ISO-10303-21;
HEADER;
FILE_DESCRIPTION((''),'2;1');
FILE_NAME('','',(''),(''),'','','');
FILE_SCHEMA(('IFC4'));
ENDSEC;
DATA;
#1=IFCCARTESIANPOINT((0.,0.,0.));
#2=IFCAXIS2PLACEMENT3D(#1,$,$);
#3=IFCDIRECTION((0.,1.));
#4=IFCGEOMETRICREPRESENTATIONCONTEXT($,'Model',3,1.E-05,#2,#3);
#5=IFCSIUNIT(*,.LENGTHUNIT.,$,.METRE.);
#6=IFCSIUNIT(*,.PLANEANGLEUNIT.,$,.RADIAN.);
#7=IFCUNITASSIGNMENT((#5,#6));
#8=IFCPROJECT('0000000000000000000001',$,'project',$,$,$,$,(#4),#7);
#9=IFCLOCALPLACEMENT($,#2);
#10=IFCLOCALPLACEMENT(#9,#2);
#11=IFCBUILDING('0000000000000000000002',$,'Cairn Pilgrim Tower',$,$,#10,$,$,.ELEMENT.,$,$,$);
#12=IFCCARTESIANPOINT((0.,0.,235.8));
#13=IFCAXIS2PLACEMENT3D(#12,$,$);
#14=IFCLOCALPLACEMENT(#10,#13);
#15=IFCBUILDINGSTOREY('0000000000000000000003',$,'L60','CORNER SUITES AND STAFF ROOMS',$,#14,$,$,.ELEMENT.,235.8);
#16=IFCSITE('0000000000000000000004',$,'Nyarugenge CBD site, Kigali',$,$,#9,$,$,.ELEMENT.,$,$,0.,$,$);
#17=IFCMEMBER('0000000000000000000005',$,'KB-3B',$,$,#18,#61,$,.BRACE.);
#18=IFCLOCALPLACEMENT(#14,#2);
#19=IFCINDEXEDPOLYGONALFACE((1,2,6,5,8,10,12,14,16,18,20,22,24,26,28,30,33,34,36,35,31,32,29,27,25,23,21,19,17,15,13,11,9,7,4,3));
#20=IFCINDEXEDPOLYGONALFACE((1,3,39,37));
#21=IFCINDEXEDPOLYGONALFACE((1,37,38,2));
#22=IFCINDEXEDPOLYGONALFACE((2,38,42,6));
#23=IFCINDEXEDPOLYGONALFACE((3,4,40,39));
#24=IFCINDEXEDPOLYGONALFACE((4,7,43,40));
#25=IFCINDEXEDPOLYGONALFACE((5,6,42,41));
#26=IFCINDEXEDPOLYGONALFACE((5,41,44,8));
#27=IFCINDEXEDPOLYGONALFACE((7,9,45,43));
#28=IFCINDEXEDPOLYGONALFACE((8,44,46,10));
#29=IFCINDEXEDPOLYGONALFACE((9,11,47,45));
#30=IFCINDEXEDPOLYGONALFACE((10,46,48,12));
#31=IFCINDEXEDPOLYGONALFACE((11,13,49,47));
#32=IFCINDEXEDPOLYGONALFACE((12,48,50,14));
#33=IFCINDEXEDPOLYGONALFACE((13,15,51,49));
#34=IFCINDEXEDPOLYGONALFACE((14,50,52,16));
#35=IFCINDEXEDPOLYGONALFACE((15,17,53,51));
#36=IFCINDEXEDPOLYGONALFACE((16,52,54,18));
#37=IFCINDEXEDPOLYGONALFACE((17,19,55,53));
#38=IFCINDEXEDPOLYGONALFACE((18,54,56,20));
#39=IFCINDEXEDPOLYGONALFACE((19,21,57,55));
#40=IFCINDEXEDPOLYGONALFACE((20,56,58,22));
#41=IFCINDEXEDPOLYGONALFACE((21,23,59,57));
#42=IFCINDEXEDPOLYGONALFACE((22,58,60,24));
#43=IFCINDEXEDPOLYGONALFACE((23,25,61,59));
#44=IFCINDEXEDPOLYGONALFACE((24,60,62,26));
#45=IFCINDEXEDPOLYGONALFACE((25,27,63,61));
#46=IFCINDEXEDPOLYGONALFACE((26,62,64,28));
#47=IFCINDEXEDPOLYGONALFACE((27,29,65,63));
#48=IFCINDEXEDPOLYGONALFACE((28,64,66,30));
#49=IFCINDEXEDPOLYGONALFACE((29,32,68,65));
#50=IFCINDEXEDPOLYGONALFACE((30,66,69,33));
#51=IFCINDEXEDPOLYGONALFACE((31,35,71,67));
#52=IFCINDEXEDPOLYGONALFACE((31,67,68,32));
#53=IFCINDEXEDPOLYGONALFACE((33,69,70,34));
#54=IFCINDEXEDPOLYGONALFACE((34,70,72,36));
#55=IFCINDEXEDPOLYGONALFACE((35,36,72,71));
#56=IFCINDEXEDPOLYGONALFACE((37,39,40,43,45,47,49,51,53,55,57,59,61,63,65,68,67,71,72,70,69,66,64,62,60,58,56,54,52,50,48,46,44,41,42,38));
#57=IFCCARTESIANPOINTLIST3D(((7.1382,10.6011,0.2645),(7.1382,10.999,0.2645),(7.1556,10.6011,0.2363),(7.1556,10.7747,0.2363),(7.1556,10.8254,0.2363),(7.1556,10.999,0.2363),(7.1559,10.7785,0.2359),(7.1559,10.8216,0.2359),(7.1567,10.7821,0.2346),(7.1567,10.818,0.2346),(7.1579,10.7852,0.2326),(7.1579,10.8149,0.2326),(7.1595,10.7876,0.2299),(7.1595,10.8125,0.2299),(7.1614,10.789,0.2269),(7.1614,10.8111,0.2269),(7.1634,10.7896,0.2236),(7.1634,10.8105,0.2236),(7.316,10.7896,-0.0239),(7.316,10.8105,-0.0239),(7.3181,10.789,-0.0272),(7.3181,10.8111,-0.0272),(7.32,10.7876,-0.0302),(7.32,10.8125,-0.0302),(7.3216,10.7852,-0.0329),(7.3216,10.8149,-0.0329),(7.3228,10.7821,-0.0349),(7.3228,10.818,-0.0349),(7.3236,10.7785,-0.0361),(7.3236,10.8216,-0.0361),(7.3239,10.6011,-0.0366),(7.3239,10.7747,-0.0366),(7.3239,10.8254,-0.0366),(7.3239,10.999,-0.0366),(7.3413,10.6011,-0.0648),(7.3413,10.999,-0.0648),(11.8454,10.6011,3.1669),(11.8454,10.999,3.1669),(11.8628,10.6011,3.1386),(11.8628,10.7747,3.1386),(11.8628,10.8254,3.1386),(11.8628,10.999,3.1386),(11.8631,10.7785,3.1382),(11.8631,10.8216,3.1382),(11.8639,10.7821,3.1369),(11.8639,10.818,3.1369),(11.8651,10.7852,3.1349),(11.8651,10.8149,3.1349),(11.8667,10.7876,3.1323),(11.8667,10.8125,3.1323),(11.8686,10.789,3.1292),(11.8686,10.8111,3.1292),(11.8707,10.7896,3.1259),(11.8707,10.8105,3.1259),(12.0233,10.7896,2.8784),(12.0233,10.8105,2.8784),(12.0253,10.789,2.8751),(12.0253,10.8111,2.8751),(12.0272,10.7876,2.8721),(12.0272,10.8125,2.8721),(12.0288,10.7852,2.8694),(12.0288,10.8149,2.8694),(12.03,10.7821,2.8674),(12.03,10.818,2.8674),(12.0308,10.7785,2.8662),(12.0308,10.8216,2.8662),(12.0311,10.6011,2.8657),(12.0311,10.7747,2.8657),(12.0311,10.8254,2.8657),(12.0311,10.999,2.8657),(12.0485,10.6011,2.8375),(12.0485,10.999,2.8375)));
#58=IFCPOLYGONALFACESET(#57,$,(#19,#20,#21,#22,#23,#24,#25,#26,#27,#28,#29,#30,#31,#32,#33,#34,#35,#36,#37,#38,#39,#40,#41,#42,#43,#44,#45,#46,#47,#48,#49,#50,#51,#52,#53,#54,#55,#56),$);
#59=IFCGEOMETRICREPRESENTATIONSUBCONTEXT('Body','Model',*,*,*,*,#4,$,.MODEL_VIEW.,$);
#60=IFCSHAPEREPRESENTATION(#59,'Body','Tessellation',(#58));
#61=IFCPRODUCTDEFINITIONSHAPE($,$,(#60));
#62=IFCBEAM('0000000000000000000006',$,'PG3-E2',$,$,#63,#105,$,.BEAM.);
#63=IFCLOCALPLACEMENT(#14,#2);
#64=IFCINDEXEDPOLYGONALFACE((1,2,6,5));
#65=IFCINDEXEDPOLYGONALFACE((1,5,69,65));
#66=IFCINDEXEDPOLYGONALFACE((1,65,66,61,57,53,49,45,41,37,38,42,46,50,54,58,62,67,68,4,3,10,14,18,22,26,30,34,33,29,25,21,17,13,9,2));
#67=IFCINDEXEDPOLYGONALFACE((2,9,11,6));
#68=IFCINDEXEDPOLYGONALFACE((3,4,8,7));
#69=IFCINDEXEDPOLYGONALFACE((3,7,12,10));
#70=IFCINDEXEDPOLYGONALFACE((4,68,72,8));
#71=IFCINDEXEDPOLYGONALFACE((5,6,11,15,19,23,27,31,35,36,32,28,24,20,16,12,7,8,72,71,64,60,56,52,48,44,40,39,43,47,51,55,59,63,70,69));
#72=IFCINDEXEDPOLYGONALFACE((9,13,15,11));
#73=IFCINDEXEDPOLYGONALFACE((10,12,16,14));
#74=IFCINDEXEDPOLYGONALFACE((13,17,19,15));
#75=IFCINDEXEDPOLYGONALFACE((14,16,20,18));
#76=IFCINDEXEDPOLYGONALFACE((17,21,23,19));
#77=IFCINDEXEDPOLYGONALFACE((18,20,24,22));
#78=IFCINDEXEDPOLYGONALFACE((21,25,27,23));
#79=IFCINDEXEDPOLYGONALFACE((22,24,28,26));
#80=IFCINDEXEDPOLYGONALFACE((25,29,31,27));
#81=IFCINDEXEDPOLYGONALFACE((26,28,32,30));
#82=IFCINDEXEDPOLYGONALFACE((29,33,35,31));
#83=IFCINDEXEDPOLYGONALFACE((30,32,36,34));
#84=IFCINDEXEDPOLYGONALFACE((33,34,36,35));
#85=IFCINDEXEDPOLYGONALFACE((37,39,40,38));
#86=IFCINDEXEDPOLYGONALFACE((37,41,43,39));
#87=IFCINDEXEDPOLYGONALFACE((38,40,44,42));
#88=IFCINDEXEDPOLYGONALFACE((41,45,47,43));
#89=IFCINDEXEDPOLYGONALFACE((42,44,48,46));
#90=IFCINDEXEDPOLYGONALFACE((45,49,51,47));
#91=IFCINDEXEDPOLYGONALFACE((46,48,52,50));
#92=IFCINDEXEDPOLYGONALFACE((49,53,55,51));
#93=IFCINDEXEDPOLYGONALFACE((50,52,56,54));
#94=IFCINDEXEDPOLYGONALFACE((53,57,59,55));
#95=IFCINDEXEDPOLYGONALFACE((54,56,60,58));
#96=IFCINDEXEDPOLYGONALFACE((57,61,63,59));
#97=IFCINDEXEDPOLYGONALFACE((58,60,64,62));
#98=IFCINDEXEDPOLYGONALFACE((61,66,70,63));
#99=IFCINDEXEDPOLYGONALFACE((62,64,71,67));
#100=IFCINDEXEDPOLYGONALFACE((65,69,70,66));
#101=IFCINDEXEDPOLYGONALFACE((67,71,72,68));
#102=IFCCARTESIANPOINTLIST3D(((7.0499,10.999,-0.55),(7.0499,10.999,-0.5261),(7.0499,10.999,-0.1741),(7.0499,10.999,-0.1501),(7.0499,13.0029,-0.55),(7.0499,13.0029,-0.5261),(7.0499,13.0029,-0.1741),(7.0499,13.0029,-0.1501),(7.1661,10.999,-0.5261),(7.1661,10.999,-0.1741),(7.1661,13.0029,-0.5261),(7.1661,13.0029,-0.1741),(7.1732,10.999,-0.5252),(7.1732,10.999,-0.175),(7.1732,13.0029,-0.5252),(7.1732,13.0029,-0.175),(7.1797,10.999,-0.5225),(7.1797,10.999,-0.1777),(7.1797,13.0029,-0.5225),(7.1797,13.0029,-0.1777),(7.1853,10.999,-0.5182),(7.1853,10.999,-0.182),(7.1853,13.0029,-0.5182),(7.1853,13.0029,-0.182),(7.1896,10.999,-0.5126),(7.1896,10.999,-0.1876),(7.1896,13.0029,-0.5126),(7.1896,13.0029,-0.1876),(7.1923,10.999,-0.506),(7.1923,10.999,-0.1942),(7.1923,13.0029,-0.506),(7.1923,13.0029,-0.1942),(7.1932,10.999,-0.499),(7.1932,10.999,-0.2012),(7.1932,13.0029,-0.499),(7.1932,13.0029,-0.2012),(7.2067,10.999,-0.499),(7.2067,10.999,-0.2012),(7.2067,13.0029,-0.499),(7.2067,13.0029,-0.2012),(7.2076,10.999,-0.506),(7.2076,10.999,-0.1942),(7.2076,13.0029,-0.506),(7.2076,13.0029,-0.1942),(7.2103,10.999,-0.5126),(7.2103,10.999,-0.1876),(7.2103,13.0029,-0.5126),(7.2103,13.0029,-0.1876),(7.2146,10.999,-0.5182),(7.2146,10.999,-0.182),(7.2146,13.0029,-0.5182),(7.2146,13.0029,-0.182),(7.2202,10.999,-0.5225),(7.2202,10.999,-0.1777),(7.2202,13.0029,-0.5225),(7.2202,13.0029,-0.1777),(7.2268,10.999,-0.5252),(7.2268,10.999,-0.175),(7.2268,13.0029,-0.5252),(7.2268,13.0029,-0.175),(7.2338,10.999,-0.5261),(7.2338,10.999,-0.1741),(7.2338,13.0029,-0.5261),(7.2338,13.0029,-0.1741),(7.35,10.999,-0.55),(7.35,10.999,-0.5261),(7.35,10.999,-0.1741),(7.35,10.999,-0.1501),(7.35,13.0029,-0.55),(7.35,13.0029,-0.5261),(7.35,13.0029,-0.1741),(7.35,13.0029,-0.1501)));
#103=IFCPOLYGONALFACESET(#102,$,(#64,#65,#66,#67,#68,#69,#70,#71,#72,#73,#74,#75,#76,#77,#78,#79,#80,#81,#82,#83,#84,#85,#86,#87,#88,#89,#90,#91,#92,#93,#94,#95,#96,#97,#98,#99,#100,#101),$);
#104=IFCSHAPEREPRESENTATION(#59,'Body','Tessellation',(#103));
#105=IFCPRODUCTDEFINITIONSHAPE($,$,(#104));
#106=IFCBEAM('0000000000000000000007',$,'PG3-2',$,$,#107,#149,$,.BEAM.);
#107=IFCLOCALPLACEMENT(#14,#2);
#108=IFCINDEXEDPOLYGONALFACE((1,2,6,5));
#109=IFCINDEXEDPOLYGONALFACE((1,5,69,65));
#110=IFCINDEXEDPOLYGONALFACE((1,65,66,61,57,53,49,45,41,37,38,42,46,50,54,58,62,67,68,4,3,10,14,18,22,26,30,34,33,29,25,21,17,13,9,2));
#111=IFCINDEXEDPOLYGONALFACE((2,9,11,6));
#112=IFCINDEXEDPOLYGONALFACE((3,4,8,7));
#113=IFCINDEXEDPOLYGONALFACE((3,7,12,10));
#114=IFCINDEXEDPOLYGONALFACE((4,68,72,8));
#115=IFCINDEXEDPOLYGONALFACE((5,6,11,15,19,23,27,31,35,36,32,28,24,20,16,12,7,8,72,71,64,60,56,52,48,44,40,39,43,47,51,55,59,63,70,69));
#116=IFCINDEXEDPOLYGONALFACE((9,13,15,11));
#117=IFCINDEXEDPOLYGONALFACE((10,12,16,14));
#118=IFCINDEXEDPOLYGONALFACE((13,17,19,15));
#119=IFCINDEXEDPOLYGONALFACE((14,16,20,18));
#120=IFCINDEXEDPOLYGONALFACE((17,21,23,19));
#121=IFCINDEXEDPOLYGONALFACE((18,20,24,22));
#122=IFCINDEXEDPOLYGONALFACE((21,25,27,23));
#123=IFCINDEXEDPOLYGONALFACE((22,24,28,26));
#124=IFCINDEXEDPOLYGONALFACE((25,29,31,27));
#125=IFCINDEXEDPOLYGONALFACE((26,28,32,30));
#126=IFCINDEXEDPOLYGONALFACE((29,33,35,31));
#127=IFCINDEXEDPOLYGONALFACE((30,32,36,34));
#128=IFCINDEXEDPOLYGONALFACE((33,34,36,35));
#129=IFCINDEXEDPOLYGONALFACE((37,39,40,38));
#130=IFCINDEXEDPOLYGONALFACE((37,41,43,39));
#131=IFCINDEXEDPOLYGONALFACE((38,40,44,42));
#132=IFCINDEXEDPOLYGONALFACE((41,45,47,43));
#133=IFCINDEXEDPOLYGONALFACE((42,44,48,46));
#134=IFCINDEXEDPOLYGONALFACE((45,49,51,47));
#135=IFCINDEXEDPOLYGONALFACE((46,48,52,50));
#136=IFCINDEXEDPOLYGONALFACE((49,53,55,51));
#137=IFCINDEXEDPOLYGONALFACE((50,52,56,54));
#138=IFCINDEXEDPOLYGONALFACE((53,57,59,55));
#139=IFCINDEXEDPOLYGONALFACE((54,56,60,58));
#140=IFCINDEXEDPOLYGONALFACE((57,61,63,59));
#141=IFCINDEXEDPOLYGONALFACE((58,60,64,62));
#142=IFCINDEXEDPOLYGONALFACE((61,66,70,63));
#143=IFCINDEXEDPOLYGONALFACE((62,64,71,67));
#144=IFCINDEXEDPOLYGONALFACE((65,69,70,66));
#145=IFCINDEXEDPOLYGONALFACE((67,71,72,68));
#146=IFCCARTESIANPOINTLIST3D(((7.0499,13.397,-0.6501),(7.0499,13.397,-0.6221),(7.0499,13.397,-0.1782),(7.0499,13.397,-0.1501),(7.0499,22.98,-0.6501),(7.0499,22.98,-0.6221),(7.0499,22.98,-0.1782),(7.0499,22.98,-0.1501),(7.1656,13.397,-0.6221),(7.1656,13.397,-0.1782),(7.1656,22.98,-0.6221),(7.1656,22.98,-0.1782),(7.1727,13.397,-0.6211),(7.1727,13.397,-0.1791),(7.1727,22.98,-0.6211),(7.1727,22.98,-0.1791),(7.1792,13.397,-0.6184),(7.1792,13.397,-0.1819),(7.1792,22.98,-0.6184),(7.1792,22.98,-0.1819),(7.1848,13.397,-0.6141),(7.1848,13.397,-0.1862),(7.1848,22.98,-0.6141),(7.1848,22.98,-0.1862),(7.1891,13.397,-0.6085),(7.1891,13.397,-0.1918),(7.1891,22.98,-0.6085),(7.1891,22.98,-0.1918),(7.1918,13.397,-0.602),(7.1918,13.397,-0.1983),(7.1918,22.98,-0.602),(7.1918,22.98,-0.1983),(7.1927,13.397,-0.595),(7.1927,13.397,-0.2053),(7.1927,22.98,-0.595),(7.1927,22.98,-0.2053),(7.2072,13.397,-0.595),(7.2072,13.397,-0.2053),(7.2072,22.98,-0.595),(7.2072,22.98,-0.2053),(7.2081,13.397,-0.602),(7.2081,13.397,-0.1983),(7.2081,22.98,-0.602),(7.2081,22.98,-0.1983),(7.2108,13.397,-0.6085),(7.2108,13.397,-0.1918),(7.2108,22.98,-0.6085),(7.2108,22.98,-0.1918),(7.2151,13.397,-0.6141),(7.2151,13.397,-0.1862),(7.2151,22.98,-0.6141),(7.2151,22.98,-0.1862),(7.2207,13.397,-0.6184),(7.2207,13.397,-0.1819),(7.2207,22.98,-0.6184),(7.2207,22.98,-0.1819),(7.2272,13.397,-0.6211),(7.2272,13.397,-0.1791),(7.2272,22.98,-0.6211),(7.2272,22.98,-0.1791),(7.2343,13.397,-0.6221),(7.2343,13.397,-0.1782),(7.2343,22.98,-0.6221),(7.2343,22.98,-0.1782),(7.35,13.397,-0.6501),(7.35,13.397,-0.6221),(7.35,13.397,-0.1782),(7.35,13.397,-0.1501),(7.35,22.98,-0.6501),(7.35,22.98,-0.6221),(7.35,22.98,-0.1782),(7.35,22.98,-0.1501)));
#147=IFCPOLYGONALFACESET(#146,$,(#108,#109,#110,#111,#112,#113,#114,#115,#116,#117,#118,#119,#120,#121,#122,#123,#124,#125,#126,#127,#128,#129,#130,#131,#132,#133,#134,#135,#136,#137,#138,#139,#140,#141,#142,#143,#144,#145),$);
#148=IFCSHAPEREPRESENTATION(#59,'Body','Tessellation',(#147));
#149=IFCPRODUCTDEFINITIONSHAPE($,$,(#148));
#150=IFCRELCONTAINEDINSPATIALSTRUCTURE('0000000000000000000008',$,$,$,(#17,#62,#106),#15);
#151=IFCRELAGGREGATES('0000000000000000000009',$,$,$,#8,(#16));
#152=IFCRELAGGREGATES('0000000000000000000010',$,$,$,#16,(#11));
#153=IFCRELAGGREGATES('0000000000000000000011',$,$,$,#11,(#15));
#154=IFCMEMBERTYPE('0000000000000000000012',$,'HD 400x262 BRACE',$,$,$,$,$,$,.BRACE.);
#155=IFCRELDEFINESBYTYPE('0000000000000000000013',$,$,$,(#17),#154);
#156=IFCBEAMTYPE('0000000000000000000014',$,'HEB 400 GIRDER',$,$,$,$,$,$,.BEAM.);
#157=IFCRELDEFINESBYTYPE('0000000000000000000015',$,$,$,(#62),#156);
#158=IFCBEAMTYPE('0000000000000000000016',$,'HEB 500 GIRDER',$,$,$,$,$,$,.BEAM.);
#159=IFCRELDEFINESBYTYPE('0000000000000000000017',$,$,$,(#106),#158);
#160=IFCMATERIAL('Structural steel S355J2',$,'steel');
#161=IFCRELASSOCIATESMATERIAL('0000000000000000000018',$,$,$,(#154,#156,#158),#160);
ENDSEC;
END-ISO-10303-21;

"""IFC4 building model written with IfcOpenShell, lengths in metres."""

from ifc_helpers import new_model, si_unit, direction, frame, origin, origin_2d, place, context, subcontext, project, spatial, i_section, extrude, material, material_profile, profile_set, type_object, element, save


model = new_model("IFC4")

# Units and contexts
model_context = context("Model", 3, precision=1e-05, world=origin(), true_north=direction((0.0, 1.0)))
body_context = subcontext(model_context, "Body", "Model", "MODEL_VIEW")
ifc_project = project(units=[si_unit("LENGTHUNIT", "METRE"), si_unit("PLANEANGLEUNIT", "RADIAN")], contexts=[model_context])

# Site, building, storey
site_placement = place(None, origin())
site = spatial("IfcSite", under=ifc_project, at=site_placement, Name="Nyarugenge CBD site, Kigali", CompositionType="ELEMENT", RefElevation=0.0)
building_placement = place(site_placement, origin())
building = spatial("IfcBuilding", under=site, at=building_placement, Name="Cairn Pilgrim Tower", CompositionType="ELEMENT")
storey_placement = place(building_placement, frame((0.0, 0.0, 235.8)))
storey = spatial("IfcBuildingStorey", under=building, at=storey_placement, Name="L60", Description="CORNER SUITES AND STAFF ROOMS", CompositionType="ELEMENT", Elevation=235.8)

# Shared definitions
ifc_material_1 = material(Name="Structural steel S355J2", Category="steel")

# Member
ifc_material_profile_1 = material_profile(ifc_material_1, i_section(OverallWidth=0.3979, OverallDepth=0.387, WebThickness=0.021, FlangeThickness=0.0332, FilletRadius=0.0149, at=origin_2d()), Name="HD 400x262")
ifc_profile_set_1 = profile_set([ifc_material_profile_1], Name="Structural steel S355J2")
member_type_1 = type_object("IfcMemberType", Name="HD 400x262 BRACE", PredefinedType="BRACE", material=ifc_profile_set_1)
member_1_placement = place(storey_placement, frame((7.2397, 10.8, 0.0999), z_axis=(0.851209, 0.0, 0.524826), x_axis=(0.0, 1.0, 0.0)))
element("IfcMember", 1, at=member_1_placement, inside=storey, type_object=member_type_1, Name="KB-3B", PredefinedType="BRACE", context=body_context, shape_type="SweptSolid", body=[
    extrude(i_section(OverallWidth=0.3979, OverallDepth=0.387, WebThickness=0.021, FlangeThickness=0.0332, FilletRadius=0.0149, at=origin_2d()), origin(), (0.0, 0.0, 1.0), 5.53),
])

# Beams
ifc_material_profile_2 = material_profile(ifc_material_1, i_section(OverallWidth=0.3, OverallDepth=0.3999, WebThickness=0.0134, FlangeThickness=0.0239, FilletRadius=0.0271, at=origin_2d()), Name="HEB 400")
ifc_profile_set_2 = profile_set([ifc_material_profile_2], Name="Structural steel S355J2")
beam_type_1 = type_object("IfcBeamType", Name="HEB 400 GIRDER", PredefinedType="BEAM", material=ifc_profile_set_2)
beam_1_placement = place(storey_placement, frame((7.2, 10.999, -0.3501), z_axis=(0.0, 1.0, 0.0), x_axis=(-1.0, 0.0, 0.0)))
element("IfcBeam", 2, at=beam_1_placement, inside=storey, type_object=beam_type_1, Name="PG3-E2", PredefinedType="BEAM", context=body_context, shape_type="SweptSolid", body=[
    extrude(i_section(OverallWidth=0.3, OverallDepth=0.3999, WebThickness=0.0134, FlangeThickness=0.0239, FilletRadius=0.0271, at=origin_2d()), origin(), (0.0, 0.0, 1.0), 2.0039),
])
ifc_material_profile_3 = material_profile(ifc_material_1, i_section(OverallWidth=0.3, OverallDepth=0.5, WebThickness=0.0144, FlangeThickness=0.0281, FilletRadius=0.0271, at=origin_2d()), Name="HEB 500")
ifc_profile_set_3 = profile_set([ifc_material_profile_3], Name="Structural steel S355J2")
beam_type_2 = type_object("IfcBeamType", Name="HEB 500 GIRDER", PredefinedType="BEAM", material=ifc_profile_set_3)
beam_2_placement = place(storey_placement, frame((7.2, 13.397, -0.4001), z_axis=(0.0, 1.0, 0.0), x_axis=(-1.0, 0.0, 0.0)))
element("IfcBeam", 3, at=beam_2_placement, inside=storey, type_object=beam_type_2, Name="PG3-2", PredefinedType="BEAM", context=body_context, shape_type="SweptSolid", body=[
    extrude(i_section(OverallWidth=0.3, OverallDepth=0.5, WebThickness=0.0144, FlangeThickness=0.0281, FilletRadius=0.0271, at=origin_2d()), origin(), (0.0, 0.0, 1.0), 9.583),
])

save(model, "model.ifc")
